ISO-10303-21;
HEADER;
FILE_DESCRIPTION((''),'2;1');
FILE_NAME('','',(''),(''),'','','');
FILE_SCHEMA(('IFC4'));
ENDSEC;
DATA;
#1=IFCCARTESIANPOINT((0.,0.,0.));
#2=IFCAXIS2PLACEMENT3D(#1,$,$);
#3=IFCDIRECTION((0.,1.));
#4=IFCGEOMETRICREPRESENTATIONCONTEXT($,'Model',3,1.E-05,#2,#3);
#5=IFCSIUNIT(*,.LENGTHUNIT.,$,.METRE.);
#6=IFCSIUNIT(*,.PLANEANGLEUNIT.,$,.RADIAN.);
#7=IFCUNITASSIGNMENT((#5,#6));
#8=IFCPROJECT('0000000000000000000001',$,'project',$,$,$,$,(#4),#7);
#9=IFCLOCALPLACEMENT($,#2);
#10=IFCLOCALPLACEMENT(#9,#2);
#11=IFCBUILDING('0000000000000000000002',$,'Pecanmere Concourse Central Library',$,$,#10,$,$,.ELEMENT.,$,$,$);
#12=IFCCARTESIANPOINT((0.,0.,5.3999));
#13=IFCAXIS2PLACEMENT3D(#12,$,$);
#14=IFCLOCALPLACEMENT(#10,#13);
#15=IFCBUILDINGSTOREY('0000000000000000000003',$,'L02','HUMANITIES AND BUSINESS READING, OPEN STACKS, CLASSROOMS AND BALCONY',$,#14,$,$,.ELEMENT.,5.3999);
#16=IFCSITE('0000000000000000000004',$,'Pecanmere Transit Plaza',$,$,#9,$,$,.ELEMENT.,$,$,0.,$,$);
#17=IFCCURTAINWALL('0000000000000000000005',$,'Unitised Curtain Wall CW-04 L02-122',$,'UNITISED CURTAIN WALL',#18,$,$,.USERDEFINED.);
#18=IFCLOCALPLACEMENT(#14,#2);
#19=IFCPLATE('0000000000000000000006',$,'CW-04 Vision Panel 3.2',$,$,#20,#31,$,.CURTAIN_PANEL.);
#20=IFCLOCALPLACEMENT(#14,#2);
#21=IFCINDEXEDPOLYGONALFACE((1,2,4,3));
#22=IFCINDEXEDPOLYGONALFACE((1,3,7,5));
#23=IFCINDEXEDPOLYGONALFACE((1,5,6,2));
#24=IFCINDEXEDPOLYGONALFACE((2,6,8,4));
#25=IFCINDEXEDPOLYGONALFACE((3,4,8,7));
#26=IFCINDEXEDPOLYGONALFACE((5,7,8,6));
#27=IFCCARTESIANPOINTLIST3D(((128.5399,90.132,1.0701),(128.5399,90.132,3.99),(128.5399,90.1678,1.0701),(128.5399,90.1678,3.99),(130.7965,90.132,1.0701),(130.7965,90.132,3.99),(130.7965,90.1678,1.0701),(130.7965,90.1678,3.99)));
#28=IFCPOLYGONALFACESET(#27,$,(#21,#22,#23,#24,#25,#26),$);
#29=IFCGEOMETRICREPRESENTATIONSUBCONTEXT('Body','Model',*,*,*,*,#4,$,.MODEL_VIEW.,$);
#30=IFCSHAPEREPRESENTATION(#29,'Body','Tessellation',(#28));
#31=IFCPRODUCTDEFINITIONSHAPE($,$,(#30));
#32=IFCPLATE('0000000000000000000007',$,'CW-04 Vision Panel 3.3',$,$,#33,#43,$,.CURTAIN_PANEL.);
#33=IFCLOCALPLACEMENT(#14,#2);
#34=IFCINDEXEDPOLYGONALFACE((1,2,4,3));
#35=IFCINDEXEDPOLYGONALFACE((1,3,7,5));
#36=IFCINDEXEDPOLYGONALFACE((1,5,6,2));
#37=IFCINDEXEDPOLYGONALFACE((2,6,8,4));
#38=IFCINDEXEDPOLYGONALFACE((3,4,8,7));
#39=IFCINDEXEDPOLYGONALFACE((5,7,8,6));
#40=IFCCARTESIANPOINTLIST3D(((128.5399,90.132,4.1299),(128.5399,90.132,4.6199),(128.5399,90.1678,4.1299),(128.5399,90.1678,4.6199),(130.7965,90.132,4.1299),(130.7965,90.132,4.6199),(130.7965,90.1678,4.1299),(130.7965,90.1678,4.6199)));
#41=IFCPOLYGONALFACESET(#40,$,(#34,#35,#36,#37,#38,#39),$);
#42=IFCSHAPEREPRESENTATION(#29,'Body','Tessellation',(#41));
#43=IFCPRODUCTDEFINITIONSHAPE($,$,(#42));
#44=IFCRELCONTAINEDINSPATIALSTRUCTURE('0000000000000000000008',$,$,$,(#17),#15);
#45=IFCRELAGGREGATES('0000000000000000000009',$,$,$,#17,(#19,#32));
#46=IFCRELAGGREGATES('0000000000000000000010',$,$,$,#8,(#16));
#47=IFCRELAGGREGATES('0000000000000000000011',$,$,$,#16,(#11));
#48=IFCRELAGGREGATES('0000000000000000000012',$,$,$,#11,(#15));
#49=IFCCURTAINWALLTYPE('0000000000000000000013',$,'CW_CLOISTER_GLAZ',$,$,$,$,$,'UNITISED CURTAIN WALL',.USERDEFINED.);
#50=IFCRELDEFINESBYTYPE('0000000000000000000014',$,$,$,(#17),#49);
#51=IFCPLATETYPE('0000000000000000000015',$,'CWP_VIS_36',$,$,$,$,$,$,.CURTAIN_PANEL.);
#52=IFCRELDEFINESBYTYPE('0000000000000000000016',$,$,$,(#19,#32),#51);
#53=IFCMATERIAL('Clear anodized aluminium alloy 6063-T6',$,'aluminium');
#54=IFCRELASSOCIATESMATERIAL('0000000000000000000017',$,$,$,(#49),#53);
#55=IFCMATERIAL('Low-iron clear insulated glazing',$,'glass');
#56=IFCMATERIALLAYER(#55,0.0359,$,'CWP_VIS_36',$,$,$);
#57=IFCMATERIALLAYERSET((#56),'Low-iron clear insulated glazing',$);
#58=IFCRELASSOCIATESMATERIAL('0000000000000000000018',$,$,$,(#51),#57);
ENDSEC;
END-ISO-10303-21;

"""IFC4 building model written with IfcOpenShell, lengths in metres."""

from ifc_helpers import new_model, si_unit, direction, frame, origin, origin_2d, place, context, subcontext, project, spatial, rectangle, extrude, material, layer, layer_set, type_object, element, aggregate, save


model = new_model("IFC4")

# Units and contexts
model_context = context("Model", 3, precision=1e-05, world=origin(), true_north=direction((0.0, 1.0)))
body_context = subcontext(model_context, "Body", "Model", "MODEL_VIEW")
ifc_project = project(units=[si_unit("LENGTHUNIT", "METRE"), si_unit("PLANEANGLEUNIT", "RADIAN")], contexts=[model_context])

# Site, building, storey
site_placement = place(None, origin())
site = spatial("IfcSite", under=ifc_project, at=site_placement, Name="Pecanmere Transit Plaza", CompositionType="ELEMENT", RefElevation=0.0)
building_placement = place(site_placement, origin())
building = spatial("IfcBuilding", under=site, at=building_placement, Name="Pecanmere Concourse Central Library", CompositionType="ELEMENT")
storey_placement = place(building_placement, frame((0.0, 0.0, 5.3999)))
storey = spatial("IfcBuildingStorey", under=building, at=storey_placement, Name="L02", Description="HUMANITIES AND BUSINESS READING, OPEN STACKS, CLASSROOMS AND BALCONY", CompositionType="ELEMENT", Elevation=5.3999)

# Shared definitions
ifc_material_1 = material(Name="Clear anodized aluminium alloy 6063-T6", Category="aluminium")
curtain_wall_type = type_object("IfcCurtainWallType", Name="CW_CLOISTER_GLAZ", ElementType="UNITISED CURTAIN WALL", PredefinedType="USERDEFINED", material=ifc_material_1)

# Curtain wall
curtain_wall_1_placement = place(storey_placement, origin())
curtain_wall_1 = element("IfcCurtainWall", 1, at=curtain_wall_1_placement, inside=storey, type_object=curtain_wall_type, Name="Unitised Curtain Wall CW-04 L02-122", ObjectType="UNITISED CURTAIN WALL", PredefinedType="USERDEFINED")

# Plates
ifc_material_2 = material(Name="Low-iron clear insulated glazing", Category="glass")
ifc_layer_1 = layer(ifc_material_2, 0.0359, Name="CWP_VIS_36")
ifc_layer_set_1 = layer_set([ifc_layer_1], Name="Low-iron clear insulated glazing")
plate_type_1 = type_object("IfcPlateType", Name="CWP_VIS_36", PredefinedType="CURTAIN_PANEL", material=ifc_layer_set_1)
plate_1_placement = place(storey_placement, frame((129.6682, 90.1499, 1.0701), z_axis=(0.0, 0.0, 1.0), x_axis=(-1.0, 0.0, 0.0)))
plate_1 = element("IfcPlate", 2, at=plate_1_placement, type_object=plate_type_1, Name="CW-04 Vision Panel 3.2", PredefinedType="CURTAIN_PANEL", context=body_context, shape_type="SweptSolid", body=[
    extrude(rectangle(XDim=2.2566, YDim=0.0359, at=origin_2d()), origin(), (0.0, 0.0, 1.0), 2.9199),
])
plate_2_placement = place(storey_placement, frame((129.6682, 90.1499, 4.1299), z_axis=(0.0, 0.0, 1.0), x_axis=(-1.0, 0.0, 0.0)))
plate_2 = element("IfcPlate", 3, at=plate_2_placement, type_object=plate_type_1, Name="CW-04 Vision Panel 3.3", PredefinedType="CURTAIN_PANEL", context=body_context, shape_type="SweptSolid", body=[
    extrude(rectangle(XDim=2.2566, YDim=0.0359, at=origin_2d()), origin(), (0.0, 0.0, 1.0), 0.49),
])
aggregate(curtain_wall_1, [plate_1, plate_2])

save(model, "model.ifc")
